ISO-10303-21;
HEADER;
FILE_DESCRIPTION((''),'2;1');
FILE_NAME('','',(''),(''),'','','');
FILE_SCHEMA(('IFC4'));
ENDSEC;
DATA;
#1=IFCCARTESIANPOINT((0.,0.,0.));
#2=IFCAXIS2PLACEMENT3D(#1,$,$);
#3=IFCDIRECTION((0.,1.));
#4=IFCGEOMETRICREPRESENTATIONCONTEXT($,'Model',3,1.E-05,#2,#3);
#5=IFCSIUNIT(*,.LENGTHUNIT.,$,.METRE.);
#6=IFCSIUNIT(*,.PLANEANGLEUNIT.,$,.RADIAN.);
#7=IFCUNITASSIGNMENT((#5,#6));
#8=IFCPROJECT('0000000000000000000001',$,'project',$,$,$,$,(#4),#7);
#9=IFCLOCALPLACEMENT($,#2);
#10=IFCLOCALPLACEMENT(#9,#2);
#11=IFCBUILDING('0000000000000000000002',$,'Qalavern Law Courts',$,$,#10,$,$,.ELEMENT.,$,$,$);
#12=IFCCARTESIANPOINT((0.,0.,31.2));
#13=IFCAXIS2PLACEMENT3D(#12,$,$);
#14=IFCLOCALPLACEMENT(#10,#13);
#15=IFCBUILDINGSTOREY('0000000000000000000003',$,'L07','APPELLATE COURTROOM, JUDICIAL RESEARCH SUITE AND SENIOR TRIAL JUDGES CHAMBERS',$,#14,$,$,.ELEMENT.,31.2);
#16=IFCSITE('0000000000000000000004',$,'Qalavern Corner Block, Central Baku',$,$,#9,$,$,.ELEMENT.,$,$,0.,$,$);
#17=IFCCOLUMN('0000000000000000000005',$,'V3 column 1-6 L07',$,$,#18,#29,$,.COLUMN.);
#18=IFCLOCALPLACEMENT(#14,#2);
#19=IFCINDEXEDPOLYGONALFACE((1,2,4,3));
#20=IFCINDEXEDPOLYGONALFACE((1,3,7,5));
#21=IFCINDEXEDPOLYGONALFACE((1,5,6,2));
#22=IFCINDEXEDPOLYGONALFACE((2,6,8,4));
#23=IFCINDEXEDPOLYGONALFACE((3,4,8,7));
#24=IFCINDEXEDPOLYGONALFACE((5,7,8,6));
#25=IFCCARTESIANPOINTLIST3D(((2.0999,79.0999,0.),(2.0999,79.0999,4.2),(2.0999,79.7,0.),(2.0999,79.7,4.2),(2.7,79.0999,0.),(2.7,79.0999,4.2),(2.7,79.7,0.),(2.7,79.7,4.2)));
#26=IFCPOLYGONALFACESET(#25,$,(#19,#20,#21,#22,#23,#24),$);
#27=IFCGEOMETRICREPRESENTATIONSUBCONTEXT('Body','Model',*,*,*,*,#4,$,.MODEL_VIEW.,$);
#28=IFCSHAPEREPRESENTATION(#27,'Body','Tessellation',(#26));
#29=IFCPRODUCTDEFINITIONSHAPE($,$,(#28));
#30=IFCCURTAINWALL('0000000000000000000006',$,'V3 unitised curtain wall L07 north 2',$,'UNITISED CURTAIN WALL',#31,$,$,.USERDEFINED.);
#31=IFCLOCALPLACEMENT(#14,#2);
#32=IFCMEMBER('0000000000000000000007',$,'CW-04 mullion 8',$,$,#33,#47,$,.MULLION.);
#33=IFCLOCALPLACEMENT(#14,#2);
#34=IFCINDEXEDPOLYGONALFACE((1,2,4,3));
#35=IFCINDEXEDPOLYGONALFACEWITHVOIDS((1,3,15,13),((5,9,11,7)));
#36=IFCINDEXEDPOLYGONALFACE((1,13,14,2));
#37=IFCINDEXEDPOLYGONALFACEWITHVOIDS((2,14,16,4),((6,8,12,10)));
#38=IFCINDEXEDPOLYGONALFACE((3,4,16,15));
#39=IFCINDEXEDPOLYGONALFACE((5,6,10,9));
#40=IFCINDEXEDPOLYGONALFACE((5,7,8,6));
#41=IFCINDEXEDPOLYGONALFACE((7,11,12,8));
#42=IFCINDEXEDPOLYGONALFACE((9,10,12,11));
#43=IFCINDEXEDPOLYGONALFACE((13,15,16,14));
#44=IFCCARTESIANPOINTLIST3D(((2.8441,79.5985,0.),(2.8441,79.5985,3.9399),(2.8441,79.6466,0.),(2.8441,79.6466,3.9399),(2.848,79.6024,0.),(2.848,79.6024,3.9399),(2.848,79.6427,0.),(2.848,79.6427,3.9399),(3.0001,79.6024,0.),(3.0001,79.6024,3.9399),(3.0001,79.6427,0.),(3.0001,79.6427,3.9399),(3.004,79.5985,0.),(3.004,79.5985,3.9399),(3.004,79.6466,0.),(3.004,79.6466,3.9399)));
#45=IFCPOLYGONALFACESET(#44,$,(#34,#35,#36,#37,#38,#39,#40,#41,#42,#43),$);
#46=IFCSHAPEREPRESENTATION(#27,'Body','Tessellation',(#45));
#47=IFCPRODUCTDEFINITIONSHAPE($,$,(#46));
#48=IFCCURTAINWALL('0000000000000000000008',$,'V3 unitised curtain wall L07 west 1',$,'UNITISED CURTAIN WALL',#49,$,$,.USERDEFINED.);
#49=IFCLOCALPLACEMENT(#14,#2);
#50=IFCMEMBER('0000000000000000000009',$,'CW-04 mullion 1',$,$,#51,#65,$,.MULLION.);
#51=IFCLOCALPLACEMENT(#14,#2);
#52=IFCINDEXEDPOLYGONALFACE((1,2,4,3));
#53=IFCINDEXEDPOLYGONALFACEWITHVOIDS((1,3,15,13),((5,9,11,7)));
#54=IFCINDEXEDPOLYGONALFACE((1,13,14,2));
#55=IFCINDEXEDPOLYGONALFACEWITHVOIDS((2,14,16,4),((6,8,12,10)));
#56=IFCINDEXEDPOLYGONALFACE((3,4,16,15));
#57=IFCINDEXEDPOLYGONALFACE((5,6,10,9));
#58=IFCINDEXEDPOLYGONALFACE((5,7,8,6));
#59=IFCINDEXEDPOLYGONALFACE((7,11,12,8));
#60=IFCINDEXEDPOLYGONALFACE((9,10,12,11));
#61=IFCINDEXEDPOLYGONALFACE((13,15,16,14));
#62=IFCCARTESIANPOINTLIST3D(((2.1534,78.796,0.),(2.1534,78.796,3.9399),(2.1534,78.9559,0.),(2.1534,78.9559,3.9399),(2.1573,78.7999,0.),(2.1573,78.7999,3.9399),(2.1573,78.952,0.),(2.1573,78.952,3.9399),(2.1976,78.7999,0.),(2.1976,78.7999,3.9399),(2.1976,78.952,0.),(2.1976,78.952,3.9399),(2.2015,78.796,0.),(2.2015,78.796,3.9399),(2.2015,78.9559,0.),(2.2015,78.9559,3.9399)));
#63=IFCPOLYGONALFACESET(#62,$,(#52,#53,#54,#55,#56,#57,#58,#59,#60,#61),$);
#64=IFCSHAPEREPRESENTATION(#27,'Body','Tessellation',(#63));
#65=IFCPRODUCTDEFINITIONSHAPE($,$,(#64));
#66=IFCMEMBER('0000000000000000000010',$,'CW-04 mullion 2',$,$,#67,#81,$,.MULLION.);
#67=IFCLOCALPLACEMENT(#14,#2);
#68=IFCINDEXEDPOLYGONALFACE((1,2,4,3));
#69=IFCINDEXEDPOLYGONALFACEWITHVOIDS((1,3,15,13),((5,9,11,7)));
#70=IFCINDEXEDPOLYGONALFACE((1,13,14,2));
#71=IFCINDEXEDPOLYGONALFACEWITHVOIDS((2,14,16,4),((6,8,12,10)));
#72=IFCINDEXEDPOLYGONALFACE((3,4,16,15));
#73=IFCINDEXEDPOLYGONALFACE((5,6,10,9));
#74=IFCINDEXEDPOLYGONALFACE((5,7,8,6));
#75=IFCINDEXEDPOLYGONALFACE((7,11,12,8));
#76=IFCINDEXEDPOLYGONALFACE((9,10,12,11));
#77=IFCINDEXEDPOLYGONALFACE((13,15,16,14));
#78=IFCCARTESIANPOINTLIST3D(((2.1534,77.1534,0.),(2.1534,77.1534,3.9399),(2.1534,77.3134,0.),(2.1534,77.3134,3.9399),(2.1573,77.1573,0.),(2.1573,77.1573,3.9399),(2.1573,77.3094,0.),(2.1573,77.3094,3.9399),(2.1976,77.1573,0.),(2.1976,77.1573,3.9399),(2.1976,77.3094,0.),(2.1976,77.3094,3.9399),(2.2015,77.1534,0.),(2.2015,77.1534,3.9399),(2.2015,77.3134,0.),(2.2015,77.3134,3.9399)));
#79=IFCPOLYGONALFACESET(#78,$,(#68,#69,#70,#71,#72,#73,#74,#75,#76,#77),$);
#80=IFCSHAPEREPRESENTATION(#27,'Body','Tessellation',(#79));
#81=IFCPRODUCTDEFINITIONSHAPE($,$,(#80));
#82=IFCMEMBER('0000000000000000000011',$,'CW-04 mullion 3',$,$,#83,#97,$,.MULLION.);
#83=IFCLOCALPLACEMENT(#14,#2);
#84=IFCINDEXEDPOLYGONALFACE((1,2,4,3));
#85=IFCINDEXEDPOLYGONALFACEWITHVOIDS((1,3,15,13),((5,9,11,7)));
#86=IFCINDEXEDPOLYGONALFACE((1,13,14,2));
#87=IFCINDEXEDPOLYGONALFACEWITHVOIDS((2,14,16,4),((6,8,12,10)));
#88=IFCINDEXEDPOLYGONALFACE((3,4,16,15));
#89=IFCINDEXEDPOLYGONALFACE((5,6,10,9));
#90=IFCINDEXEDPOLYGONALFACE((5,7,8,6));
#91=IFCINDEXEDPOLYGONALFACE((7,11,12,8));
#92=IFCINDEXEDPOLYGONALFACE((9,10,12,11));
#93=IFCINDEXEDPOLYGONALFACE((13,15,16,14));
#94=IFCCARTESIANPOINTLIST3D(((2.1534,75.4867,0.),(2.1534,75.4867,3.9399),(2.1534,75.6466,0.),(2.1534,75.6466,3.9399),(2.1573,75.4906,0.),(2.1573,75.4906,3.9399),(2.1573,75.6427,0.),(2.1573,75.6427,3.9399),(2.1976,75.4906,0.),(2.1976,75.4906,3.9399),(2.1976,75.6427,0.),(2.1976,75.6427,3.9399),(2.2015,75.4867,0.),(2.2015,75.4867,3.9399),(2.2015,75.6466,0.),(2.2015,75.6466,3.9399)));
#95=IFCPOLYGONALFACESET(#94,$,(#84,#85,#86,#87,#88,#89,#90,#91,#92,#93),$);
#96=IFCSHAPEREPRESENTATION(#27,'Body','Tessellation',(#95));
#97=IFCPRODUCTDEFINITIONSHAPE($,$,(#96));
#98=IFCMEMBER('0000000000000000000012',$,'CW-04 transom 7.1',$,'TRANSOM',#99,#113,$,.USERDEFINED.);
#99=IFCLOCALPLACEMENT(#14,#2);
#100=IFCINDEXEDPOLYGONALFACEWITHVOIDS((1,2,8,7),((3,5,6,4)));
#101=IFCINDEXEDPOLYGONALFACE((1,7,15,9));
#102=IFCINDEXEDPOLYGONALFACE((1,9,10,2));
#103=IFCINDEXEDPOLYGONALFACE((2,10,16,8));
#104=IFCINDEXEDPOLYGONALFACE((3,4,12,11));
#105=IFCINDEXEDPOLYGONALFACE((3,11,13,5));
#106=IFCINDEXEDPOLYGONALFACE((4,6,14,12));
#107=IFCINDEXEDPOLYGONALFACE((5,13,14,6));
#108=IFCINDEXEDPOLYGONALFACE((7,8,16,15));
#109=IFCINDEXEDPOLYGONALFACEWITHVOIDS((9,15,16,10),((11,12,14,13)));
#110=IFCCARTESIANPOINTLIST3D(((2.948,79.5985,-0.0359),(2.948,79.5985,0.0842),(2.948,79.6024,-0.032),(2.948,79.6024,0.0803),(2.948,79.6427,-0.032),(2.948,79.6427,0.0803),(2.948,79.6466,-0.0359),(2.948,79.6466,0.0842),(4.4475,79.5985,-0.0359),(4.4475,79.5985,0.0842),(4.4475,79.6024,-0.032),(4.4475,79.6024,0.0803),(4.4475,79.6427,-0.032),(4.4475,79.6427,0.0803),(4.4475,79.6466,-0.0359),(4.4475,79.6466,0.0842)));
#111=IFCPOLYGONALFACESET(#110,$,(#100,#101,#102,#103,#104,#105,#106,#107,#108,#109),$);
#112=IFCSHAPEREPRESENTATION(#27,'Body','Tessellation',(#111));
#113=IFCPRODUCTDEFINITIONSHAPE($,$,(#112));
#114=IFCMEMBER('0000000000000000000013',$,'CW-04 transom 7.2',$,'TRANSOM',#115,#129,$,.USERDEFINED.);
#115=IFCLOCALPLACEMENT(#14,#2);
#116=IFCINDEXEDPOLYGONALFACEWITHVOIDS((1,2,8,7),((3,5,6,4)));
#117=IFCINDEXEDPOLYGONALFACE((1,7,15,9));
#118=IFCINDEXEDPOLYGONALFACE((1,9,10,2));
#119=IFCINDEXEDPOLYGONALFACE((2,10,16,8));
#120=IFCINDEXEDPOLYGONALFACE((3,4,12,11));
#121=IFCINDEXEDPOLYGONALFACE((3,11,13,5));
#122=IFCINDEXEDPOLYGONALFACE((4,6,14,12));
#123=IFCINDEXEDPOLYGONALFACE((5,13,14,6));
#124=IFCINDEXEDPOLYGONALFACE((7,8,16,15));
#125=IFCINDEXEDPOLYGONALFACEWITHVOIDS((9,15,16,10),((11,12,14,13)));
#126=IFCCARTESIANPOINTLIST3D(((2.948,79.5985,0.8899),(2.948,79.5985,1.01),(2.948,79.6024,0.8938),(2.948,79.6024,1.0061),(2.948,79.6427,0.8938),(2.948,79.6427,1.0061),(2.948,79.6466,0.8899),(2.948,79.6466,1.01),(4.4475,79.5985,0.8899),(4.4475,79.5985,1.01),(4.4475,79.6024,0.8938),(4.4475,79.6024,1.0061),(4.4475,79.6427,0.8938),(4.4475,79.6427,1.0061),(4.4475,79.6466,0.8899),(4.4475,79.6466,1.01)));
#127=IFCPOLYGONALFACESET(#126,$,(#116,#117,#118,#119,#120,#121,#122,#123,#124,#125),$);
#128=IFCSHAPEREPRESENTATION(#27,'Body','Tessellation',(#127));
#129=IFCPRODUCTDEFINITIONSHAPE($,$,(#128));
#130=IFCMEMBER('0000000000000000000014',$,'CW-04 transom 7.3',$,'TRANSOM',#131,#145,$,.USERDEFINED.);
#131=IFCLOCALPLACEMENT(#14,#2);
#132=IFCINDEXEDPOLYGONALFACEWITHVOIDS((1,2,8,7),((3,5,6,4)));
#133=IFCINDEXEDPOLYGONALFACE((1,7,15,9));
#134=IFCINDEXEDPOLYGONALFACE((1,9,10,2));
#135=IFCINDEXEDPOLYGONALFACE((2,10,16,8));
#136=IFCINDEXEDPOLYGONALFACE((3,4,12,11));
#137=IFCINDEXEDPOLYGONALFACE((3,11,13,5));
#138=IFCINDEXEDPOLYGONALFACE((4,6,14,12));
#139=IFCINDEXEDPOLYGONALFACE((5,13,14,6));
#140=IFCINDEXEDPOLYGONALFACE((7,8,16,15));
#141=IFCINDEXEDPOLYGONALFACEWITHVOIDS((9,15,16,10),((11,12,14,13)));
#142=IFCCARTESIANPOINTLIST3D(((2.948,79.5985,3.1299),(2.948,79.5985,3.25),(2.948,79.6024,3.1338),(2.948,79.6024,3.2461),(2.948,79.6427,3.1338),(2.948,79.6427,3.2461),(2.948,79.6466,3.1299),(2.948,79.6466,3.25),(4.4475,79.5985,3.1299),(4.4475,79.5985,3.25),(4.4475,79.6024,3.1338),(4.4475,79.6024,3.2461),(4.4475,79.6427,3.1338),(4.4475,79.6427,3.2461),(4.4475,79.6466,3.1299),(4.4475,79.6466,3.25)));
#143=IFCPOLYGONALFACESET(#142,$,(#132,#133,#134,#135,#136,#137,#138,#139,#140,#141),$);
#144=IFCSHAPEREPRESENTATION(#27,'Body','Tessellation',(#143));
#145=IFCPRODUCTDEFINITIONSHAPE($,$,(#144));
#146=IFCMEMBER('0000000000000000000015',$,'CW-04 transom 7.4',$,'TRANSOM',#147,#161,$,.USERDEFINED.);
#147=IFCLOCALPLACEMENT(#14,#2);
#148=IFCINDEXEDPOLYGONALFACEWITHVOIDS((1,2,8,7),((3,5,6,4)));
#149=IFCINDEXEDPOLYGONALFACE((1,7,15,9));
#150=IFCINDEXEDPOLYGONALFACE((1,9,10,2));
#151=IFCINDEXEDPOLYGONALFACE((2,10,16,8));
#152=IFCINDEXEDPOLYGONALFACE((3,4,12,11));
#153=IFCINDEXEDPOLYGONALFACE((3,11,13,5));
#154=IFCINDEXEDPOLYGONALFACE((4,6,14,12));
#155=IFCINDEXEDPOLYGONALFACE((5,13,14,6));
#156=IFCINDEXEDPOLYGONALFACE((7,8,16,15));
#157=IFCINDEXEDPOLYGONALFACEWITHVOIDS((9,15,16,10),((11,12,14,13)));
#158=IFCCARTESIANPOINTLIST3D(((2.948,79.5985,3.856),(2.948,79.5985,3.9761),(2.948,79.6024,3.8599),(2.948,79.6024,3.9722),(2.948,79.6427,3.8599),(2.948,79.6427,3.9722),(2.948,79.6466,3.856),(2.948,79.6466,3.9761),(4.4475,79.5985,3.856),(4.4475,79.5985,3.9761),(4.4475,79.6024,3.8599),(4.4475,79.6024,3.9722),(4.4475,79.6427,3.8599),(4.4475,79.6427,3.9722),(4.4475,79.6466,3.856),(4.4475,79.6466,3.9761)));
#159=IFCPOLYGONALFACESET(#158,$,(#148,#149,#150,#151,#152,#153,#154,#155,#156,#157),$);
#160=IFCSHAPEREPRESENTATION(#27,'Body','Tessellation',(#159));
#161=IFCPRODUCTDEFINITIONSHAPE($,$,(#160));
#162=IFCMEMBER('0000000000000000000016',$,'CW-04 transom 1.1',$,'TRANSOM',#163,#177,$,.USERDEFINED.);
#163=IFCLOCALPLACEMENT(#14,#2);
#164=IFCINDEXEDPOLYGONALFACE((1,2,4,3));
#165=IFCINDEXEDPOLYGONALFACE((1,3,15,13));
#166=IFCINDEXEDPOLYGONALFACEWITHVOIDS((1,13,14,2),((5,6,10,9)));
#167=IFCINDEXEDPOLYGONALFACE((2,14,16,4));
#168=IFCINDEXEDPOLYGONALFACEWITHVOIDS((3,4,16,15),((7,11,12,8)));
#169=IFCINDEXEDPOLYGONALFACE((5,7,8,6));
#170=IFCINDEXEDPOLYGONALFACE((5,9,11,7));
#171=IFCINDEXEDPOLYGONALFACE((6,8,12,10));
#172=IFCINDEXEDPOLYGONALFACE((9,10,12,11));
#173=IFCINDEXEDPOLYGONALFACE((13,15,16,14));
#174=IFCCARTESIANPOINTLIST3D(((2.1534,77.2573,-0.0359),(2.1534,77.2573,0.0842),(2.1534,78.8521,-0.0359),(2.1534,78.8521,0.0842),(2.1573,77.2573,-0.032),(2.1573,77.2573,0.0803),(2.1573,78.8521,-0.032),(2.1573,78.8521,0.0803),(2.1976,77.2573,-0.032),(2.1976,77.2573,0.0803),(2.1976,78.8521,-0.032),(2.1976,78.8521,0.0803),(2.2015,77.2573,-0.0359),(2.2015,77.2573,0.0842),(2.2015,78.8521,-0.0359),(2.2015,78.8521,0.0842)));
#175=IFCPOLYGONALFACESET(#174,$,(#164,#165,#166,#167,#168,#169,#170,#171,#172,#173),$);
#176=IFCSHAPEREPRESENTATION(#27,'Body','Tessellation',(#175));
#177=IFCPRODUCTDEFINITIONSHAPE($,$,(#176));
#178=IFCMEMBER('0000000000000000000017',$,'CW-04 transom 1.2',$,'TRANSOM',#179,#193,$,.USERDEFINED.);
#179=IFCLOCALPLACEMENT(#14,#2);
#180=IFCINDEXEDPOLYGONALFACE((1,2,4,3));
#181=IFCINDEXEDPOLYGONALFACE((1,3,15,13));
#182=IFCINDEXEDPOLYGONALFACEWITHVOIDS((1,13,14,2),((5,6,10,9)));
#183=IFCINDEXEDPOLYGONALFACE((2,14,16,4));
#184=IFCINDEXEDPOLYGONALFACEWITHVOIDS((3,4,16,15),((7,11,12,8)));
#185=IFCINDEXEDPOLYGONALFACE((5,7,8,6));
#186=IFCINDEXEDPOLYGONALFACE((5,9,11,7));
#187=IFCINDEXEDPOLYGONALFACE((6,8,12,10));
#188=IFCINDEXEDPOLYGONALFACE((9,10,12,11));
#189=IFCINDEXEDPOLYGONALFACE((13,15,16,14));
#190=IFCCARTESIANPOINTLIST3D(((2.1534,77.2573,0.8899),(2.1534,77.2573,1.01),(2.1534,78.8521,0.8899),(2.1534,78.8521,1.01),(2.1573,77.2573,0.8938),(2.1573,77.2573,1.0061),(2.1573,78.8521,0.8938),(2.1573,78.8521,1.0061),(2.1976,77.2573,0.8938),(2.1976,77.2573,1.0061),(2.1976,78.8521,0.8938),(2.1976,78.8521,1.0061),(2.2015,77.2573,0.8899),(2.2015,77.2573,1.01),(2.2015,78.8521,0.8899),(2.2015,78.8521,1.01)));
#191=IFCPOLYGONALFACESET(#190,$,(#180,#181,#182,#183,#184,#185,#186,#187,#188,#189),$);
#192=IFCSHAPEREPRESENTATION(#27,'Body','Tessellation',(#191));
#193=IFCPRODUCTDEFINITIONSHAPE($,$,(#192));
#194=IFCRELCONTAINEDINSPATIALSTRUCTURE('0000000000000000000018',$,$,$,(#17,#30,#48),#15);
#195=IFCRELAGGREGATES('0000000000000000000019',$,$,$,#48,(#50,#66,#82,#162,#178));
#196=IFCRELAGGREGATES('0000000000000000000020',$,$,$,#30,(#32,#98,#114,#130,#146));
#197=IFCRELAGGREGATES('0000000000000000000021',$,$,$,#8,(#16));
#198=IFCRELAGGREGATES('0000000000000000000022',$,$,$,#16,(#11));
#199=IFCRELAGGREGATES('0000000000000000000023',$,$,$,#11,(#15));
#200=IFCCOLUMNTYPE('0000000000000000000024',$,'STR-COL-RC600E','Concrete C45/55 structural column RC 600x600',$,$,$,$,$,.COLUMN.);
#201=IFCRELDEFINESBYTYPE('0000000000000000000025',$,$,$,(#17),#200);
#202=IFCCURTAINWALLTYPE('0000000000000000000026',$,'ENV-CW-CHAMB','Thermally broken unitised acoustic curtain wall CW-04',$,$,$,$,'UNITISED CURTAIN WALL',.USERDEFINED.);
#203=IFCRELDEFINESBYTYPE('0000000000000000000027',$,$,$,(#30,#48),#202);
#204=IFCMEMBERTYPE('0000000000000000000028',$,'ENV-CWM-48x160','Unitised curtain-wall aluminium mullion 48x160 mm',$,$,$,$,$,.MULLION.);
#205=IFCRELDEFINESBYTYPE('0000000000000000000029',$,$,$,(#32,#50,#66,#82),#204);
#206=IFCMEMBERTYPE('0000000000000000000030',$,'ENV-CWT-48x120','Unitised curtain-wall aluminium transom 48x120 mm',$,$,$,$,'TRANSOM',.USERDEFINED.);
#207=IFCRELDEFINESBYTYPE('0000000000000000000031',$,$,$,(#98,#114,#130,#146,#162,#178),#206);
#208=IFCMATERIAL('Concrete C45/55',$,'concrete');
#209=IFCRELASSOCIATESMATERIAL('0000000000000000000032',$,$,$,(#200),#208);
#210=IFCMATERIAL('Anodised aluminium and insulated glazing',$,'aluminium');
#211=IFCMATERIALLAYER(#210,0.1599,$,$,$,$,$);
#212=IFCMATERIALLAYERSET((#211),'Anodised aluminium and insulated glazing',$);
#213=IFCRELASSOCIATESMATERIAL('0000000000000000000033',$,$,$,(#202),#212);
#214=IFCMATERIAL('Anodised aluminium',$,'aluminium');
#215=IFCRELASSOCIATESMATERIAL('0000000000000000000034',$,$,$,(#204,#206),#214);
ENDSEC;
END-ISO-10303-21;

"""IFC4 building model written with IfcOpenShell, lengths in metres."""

from ifc_helpers import new_model, si_unit, direction, frame, origin, origin_2d, place, context, subcontext, project, spatial, rectangle, hollow_rectangle, extrude, material, layer, layer_set, material_profile, profile_set, type_object, element, aggregate, save


model = new_model("IFC4")

# Units and contexts
model_context = context("Model", 3, precision=1e-05, world=origin(), true_north=direction((0.0, 1.0)))
body_context = subcontext(model_context, "Body", "Model", "MODEL_VIEW")
ifc_project = project(units=[si_unit("LENGTHUNIT", "METRE"), si_unit("PLANEANGLEUNIT", "RADIAN")], contexts=[model_context])

# Site, building, storey
site_placement = place(None, origin())
site = spatial("IfcSite", under=ifc_project, at=site_placement, Name="Qalavern Corner Block, Central Baku", CompositionType="ELEMENT", RefElevation=0.0)
building_placement = place(site_placement, origin())
building = spatial("IfcBuilding", under=site, at=building_placement, Name="Qalavern Law Courts", CompositionType="ELEMENT")
storey_placement = place(building_placement, frame((0.0, 0.0, 31.2)))
storey = spatial("IfcBuildingStorey", under=building, at=storey_placement, Name="L07", Description="APPELLATE COURTROOM, JUDICIAL RESEARCH SUITE AND SENIOR TRIAL JUDGES CHAMBERS", CompositionType="ELEMENT", Elevation=31.2)

# Column
ifc_material_1 = material(Name="Concrete C45/55", Category="concrete")
ifc_material_profile_1 = material_profile(ifc_material_1, rectangle(XDim=0.6001, YDim=0.6001, at=origin_2d()), Name="RC 600x600")
ifc_profile_set_1 = profile_set([ifc_material_profile_1], Name="Concrete C45/55")
column_type = type_object("IfcColumnType", Name="STR-COL-RC600E", Description="Concrete C45/55 structural column RC 600x600", PredefinedType="COLUMN", material=ifc_profile_set_1)
column_placement = place(storey_placement, frame((2.3999, 79.3999, 0.0), z_axis=(0.0, 0.0, 1.0), x_axis=(1.0, 0.0, 0.0)))
element("IfcColumn", 1, at=column_placement, inside=storey, type_object=column_type, Name="V3 column 1-6 L07", PredefinedType="COLUMN", context=body_context, shape_type="SweptSolid", body=[
    extrude(rectangle(XDim=0.6001, YDim=0.6001, at=origin_2d()), origin(), (0.0, 0.0, 1.0), 4.2),
])

# Curtain wall, member
ifc_material_2 = material(Name="Anodised aluminium and insulated glazing", Category="aluminium")
ifc_layer_1 = layer(ifc_material_2, 0.1599)
ifc_layer_set_1 = layer_set([ifc_layer_1], Name="Anodised aluminium and insulated glazing")
curtain_wall_type = type_object("IfcCurtainWallType", Name="ENV-CW-CHAMB", Description="Thermally broken unitised acoustic curtain wall CW-04", ElementType="UNITISED CURTAIN WALL", PredefinedType="USERDEFINED", material=ifc_layer_set_1)
curtain_wall_1_placement = place(storey_placement, origin())
curtain_wall_1 = element("IfcCurtainWall", 2, at=curtain_wall_1_placement, inside=storey, type_object=curtain_wall_type, Name="V3 unitised curtain wall L07 north 2", ObjectType="UNITISED CURTAIN WALL", PredefinedType="USERDEFINED")
ifc_material_3 = material(Name="Anodised aluminium", Category="aluminium")
ifc_material_profile_2 = material_profile(ifc_material_3, hollow_rectangle(XDim=0.0481, YDim=0.1599, WallThickness=0.0039, at=origin_2d()), Name="ALU MULLION 48x160")
ifc_profile_set_2 = profile_set([ifc_material_profile_2], Name="Anodised aluminium")
member_type_1 = type_object("IfcMemberType", Name="ENV-CWM-48x160", Description="Unitised curtain-wall aluminium mullion 48x160 mm", PredefinedType="MULLION", material=ifc_profile_set_2)
member_1_placement = place(storey_placement, frame((2.9241, 79.6226, 0.0), z_axis=(0.0, 0.0, 1.0), x_axis=(0.0, -1.0, 0.0)))
member_1 = element("IfcMember", 3, at=member_1_placement, type_object=member_type_1, Name="CW-04 mullion 8", PredefinedType="MULLION", context=body_context, shape_type="SweptSolid", body=[
    extrude(hollow_rectangle(XDim=0.0481, YDim=0.1599, WallThickness=0.0039, at=origin_2d()), origin(), (0.0, 0.0, 1.0), 3.9399),
])

# Curtain wall, members
curtain_wall_2_placement = place(storey_placement, origin())
curtain_wall_2 = element("IfcCurtainWall", 4, at=curtain_wall_2_placement, inside=storey, type_object=curtain_wall_type, Name="V3 unitised curtain wall L07 west 1", ObjectType="UNITISED CURTAIN WALL", PredefinedType="USERDEFINED")
member_2_placement = place(storey_placement, frame((2.1775, 78.876, 0.0), z_axis=(0.0, 0.0, 1.0), x_axis=(1.0, 0.0, 0.0)))
member_2 = element("IfcMember", 5, at=member_2_placement, type_object=member_type_1, Name="CW-04 mullion 1", PredefinedType="MULLION", context=body_context, shape_type="SweptSolid", body=[
    extrude(hollow_rectangle(XDim=0.0481, YDim=0.1599, WallThickness=0.0039, at=origin_2d()), origin(), (0.0, 0.0, 1.0), 3.9399),
])
member_3_placement = place(storey_placement, frame((2.1775, 77.2334, 0.0), z_axis=(0.0, 0.0, 1.0), x_axis=(1.0, 0.0, 0.0)))
member_3 = element("IfcMember", 6, at=member_3_placement, type_object=member_type_1, Name="CW-04 mullion 2", PredefinedType="MULLION", context=body_context, shape_type="SweptSolid", body=[
    extrude(hollow_rectangle(XDim=0.0481, YDim=0.1599, WallThickness=0.0039, at=origin_2d()), origin(), (0.0, 0.0, 1.0), 3.9399),
])
member_4_placement = place(storey_placement, frame((2.1775, 75.5667, 0.0), z_axis=(0.0, 0.0, 1.0), x_axis=(1.0, 0.0, 0.0)))
member_4 = element("IfcMember", 7, at=member_4_placement, type_object=member_type_1, Name="CW-04 mullion 3", PredefinedType="MULLION", context=body_context, shape_type="SweptSolid", body=[
    extrude(hollow_rectangle(XDim=0.0481, YDim=0.1599, WallThickness=0.0039, at=origin_2d()), origin(), (0.0, 0.0, 1.0), 3.9399),
])

# Members
ifc_material_profile_3 = material_profile(ifc_material_3, hollow_rectangle(XDim=0.0481, YDim=0.1201, WallThickness=0.0039, at=origin_2d()), Name="ALU TRANSOM 48x120")
ifc_profile_set_3 = profile_set([ifc_material_profile_3], Name="Anodised aluminium")
member_type_2 = type_object("IfcMemberType", Name="ENV-CWT-48x120", Description="Unitised curtain-wall aluminium transom 48x120 mm", ElementType="TRANSOM", PredefinedType="USERDEFINED", material=ifc_profile_set_3)
member_5_placement = place(storey_placement, frame((4.4475, 79.6226, 0.0242), z_axis=(-1.0, 0.0, 0.0), x_axis=(0.0, -1.0, 0.0)))
member_5 = element("IfcMember", 8, at=member_5_placement, type_object=member_type_2, Name="CW-04 transom 7.1", ObjectType="TRANSOM", PredefinedType="USERDEFINED", context=body_context, shape_type="SweptSolid", body=[
    extrude(hollow_rectangle(XDim=0.0481, YDim=0.1201, WallThickness=0.0039, at=origin_2d()), origin(), (0.0, 0.0, 1.0), 1.4995),
])
member_6_placement = place(storey_placement, frame((4.4475, 79.6226, 0.95), z_axis=(-1.0, 0.0, 0.0), x_axis=(0.0, -1.0, 0.0)))
member_6 = element("IfcMember", 9, at=member_6_placement, type_object=member_type_2, Name="CW-04 transom 7.2", ObjectType="TRANSOM", PredefinedType="USERDEFINED", context=body_context, shape_type="SweptSolid", body=[
    extrude(hollow_rectangle(XDim=0.0481, YDim=0.1201, WallThickness=0.0039, at=origin_2d()), origin(), (0.0, 0.0, 1.0), 1.4995),
])
member_7_placement = place(storey_placement, frame((4.4475, 79.6226, 3.1899), z_axis=(-1.0, 0.0, 0.0), x_axis=(0.0, -1.0, 0.0)))
member_7 = element("IfcMember", 10, at=member_7_placement, type_object=member_type_2, Name="CW-04 transom 7.3", ObjectType="TRANSOM", PredefinedType="USERDEFINED", context=body_context, shape_type="SweptSolid", body=[
    extrude(hollow_rectangle(XDim=0.0481, YDim=0.1201, WallThickness=0.0039, at=origin_2d()), origin(), (0.0, 0.0, 1.0), 1.4995),
])
member_8_placement = place(storey_placement, frame((4.4475, 79.6226, 3.916), z_axis=(-1.0, 0.0, 0.0), x_axis=(0.0, -1.0, 0.0)))
member_8 = element("IfcMember", 11, at=member_8_placement, type_object=member_type_2, Name="CW-04 transom 7.4", ObjectType="TRANSOM", PredefinedType="USERDEFINED", context=body_context, shape_type="SweptSolid", body=[
    extrude(hollow_rectangle(XDim=0.0481, YDim=0.1201, WallThickness=0.0039, at=origin_2d()), origin(), (0.0, 0.0, 1.0), 1.4995),
])
member_9_placement = place(storey_placement, frame((2.1775, 78.8521, 0.0242), z_axis=(0.0, -1.0, 0.0), x_axis=(1.0, 0.0, 0.0)))
member_9 = element("IfcMember", 12, at=member_9_placement, type_object=member_type_2, Name="CW-04 transom 1.1", ObjectType="TRANSOM", PredefinedType="USERDEFINED", context=body_context, shape_type="SweptSolid", body=[
    extrude(hollow_rectangle(XDim=0.0481, YDim=0.1201, WallThickness=0.0039, at=origin_2d()), origin(), (0.0, 0.0, 1.0), 1.5947),
])
member_10_placement = place(storey_placement, frame((2.1775, 78.8521, 0.95), z_axis=(0.0, -1.0, 0.0), x_axis=(1.0, 0.0, 0.0)))
member_10 = element("IfcMember", 13, at=member_10_placement, type_object=member_type_2, Name="CW-04 transom 1.2", ObjectType="TRANSOM", PredefinedType="USERDEFINED", context=body_context, shape_type="SweptSolid", body=[
    extrude(hollow_rectangle(XDim=0.0481, YDim=0.1201, WallThickness=0.0039, at=origin_2d()), origin(), (0.0, 0.0, 1.0), 1.5947),
])

aggregate(curtain_wall_2, [member_2, member_3, member_4, member_9, member_10])
aggregate(curtain_wall_1, [member_1, member_5, member_6, member_7, member_8])

save(model, "model.ifc")
